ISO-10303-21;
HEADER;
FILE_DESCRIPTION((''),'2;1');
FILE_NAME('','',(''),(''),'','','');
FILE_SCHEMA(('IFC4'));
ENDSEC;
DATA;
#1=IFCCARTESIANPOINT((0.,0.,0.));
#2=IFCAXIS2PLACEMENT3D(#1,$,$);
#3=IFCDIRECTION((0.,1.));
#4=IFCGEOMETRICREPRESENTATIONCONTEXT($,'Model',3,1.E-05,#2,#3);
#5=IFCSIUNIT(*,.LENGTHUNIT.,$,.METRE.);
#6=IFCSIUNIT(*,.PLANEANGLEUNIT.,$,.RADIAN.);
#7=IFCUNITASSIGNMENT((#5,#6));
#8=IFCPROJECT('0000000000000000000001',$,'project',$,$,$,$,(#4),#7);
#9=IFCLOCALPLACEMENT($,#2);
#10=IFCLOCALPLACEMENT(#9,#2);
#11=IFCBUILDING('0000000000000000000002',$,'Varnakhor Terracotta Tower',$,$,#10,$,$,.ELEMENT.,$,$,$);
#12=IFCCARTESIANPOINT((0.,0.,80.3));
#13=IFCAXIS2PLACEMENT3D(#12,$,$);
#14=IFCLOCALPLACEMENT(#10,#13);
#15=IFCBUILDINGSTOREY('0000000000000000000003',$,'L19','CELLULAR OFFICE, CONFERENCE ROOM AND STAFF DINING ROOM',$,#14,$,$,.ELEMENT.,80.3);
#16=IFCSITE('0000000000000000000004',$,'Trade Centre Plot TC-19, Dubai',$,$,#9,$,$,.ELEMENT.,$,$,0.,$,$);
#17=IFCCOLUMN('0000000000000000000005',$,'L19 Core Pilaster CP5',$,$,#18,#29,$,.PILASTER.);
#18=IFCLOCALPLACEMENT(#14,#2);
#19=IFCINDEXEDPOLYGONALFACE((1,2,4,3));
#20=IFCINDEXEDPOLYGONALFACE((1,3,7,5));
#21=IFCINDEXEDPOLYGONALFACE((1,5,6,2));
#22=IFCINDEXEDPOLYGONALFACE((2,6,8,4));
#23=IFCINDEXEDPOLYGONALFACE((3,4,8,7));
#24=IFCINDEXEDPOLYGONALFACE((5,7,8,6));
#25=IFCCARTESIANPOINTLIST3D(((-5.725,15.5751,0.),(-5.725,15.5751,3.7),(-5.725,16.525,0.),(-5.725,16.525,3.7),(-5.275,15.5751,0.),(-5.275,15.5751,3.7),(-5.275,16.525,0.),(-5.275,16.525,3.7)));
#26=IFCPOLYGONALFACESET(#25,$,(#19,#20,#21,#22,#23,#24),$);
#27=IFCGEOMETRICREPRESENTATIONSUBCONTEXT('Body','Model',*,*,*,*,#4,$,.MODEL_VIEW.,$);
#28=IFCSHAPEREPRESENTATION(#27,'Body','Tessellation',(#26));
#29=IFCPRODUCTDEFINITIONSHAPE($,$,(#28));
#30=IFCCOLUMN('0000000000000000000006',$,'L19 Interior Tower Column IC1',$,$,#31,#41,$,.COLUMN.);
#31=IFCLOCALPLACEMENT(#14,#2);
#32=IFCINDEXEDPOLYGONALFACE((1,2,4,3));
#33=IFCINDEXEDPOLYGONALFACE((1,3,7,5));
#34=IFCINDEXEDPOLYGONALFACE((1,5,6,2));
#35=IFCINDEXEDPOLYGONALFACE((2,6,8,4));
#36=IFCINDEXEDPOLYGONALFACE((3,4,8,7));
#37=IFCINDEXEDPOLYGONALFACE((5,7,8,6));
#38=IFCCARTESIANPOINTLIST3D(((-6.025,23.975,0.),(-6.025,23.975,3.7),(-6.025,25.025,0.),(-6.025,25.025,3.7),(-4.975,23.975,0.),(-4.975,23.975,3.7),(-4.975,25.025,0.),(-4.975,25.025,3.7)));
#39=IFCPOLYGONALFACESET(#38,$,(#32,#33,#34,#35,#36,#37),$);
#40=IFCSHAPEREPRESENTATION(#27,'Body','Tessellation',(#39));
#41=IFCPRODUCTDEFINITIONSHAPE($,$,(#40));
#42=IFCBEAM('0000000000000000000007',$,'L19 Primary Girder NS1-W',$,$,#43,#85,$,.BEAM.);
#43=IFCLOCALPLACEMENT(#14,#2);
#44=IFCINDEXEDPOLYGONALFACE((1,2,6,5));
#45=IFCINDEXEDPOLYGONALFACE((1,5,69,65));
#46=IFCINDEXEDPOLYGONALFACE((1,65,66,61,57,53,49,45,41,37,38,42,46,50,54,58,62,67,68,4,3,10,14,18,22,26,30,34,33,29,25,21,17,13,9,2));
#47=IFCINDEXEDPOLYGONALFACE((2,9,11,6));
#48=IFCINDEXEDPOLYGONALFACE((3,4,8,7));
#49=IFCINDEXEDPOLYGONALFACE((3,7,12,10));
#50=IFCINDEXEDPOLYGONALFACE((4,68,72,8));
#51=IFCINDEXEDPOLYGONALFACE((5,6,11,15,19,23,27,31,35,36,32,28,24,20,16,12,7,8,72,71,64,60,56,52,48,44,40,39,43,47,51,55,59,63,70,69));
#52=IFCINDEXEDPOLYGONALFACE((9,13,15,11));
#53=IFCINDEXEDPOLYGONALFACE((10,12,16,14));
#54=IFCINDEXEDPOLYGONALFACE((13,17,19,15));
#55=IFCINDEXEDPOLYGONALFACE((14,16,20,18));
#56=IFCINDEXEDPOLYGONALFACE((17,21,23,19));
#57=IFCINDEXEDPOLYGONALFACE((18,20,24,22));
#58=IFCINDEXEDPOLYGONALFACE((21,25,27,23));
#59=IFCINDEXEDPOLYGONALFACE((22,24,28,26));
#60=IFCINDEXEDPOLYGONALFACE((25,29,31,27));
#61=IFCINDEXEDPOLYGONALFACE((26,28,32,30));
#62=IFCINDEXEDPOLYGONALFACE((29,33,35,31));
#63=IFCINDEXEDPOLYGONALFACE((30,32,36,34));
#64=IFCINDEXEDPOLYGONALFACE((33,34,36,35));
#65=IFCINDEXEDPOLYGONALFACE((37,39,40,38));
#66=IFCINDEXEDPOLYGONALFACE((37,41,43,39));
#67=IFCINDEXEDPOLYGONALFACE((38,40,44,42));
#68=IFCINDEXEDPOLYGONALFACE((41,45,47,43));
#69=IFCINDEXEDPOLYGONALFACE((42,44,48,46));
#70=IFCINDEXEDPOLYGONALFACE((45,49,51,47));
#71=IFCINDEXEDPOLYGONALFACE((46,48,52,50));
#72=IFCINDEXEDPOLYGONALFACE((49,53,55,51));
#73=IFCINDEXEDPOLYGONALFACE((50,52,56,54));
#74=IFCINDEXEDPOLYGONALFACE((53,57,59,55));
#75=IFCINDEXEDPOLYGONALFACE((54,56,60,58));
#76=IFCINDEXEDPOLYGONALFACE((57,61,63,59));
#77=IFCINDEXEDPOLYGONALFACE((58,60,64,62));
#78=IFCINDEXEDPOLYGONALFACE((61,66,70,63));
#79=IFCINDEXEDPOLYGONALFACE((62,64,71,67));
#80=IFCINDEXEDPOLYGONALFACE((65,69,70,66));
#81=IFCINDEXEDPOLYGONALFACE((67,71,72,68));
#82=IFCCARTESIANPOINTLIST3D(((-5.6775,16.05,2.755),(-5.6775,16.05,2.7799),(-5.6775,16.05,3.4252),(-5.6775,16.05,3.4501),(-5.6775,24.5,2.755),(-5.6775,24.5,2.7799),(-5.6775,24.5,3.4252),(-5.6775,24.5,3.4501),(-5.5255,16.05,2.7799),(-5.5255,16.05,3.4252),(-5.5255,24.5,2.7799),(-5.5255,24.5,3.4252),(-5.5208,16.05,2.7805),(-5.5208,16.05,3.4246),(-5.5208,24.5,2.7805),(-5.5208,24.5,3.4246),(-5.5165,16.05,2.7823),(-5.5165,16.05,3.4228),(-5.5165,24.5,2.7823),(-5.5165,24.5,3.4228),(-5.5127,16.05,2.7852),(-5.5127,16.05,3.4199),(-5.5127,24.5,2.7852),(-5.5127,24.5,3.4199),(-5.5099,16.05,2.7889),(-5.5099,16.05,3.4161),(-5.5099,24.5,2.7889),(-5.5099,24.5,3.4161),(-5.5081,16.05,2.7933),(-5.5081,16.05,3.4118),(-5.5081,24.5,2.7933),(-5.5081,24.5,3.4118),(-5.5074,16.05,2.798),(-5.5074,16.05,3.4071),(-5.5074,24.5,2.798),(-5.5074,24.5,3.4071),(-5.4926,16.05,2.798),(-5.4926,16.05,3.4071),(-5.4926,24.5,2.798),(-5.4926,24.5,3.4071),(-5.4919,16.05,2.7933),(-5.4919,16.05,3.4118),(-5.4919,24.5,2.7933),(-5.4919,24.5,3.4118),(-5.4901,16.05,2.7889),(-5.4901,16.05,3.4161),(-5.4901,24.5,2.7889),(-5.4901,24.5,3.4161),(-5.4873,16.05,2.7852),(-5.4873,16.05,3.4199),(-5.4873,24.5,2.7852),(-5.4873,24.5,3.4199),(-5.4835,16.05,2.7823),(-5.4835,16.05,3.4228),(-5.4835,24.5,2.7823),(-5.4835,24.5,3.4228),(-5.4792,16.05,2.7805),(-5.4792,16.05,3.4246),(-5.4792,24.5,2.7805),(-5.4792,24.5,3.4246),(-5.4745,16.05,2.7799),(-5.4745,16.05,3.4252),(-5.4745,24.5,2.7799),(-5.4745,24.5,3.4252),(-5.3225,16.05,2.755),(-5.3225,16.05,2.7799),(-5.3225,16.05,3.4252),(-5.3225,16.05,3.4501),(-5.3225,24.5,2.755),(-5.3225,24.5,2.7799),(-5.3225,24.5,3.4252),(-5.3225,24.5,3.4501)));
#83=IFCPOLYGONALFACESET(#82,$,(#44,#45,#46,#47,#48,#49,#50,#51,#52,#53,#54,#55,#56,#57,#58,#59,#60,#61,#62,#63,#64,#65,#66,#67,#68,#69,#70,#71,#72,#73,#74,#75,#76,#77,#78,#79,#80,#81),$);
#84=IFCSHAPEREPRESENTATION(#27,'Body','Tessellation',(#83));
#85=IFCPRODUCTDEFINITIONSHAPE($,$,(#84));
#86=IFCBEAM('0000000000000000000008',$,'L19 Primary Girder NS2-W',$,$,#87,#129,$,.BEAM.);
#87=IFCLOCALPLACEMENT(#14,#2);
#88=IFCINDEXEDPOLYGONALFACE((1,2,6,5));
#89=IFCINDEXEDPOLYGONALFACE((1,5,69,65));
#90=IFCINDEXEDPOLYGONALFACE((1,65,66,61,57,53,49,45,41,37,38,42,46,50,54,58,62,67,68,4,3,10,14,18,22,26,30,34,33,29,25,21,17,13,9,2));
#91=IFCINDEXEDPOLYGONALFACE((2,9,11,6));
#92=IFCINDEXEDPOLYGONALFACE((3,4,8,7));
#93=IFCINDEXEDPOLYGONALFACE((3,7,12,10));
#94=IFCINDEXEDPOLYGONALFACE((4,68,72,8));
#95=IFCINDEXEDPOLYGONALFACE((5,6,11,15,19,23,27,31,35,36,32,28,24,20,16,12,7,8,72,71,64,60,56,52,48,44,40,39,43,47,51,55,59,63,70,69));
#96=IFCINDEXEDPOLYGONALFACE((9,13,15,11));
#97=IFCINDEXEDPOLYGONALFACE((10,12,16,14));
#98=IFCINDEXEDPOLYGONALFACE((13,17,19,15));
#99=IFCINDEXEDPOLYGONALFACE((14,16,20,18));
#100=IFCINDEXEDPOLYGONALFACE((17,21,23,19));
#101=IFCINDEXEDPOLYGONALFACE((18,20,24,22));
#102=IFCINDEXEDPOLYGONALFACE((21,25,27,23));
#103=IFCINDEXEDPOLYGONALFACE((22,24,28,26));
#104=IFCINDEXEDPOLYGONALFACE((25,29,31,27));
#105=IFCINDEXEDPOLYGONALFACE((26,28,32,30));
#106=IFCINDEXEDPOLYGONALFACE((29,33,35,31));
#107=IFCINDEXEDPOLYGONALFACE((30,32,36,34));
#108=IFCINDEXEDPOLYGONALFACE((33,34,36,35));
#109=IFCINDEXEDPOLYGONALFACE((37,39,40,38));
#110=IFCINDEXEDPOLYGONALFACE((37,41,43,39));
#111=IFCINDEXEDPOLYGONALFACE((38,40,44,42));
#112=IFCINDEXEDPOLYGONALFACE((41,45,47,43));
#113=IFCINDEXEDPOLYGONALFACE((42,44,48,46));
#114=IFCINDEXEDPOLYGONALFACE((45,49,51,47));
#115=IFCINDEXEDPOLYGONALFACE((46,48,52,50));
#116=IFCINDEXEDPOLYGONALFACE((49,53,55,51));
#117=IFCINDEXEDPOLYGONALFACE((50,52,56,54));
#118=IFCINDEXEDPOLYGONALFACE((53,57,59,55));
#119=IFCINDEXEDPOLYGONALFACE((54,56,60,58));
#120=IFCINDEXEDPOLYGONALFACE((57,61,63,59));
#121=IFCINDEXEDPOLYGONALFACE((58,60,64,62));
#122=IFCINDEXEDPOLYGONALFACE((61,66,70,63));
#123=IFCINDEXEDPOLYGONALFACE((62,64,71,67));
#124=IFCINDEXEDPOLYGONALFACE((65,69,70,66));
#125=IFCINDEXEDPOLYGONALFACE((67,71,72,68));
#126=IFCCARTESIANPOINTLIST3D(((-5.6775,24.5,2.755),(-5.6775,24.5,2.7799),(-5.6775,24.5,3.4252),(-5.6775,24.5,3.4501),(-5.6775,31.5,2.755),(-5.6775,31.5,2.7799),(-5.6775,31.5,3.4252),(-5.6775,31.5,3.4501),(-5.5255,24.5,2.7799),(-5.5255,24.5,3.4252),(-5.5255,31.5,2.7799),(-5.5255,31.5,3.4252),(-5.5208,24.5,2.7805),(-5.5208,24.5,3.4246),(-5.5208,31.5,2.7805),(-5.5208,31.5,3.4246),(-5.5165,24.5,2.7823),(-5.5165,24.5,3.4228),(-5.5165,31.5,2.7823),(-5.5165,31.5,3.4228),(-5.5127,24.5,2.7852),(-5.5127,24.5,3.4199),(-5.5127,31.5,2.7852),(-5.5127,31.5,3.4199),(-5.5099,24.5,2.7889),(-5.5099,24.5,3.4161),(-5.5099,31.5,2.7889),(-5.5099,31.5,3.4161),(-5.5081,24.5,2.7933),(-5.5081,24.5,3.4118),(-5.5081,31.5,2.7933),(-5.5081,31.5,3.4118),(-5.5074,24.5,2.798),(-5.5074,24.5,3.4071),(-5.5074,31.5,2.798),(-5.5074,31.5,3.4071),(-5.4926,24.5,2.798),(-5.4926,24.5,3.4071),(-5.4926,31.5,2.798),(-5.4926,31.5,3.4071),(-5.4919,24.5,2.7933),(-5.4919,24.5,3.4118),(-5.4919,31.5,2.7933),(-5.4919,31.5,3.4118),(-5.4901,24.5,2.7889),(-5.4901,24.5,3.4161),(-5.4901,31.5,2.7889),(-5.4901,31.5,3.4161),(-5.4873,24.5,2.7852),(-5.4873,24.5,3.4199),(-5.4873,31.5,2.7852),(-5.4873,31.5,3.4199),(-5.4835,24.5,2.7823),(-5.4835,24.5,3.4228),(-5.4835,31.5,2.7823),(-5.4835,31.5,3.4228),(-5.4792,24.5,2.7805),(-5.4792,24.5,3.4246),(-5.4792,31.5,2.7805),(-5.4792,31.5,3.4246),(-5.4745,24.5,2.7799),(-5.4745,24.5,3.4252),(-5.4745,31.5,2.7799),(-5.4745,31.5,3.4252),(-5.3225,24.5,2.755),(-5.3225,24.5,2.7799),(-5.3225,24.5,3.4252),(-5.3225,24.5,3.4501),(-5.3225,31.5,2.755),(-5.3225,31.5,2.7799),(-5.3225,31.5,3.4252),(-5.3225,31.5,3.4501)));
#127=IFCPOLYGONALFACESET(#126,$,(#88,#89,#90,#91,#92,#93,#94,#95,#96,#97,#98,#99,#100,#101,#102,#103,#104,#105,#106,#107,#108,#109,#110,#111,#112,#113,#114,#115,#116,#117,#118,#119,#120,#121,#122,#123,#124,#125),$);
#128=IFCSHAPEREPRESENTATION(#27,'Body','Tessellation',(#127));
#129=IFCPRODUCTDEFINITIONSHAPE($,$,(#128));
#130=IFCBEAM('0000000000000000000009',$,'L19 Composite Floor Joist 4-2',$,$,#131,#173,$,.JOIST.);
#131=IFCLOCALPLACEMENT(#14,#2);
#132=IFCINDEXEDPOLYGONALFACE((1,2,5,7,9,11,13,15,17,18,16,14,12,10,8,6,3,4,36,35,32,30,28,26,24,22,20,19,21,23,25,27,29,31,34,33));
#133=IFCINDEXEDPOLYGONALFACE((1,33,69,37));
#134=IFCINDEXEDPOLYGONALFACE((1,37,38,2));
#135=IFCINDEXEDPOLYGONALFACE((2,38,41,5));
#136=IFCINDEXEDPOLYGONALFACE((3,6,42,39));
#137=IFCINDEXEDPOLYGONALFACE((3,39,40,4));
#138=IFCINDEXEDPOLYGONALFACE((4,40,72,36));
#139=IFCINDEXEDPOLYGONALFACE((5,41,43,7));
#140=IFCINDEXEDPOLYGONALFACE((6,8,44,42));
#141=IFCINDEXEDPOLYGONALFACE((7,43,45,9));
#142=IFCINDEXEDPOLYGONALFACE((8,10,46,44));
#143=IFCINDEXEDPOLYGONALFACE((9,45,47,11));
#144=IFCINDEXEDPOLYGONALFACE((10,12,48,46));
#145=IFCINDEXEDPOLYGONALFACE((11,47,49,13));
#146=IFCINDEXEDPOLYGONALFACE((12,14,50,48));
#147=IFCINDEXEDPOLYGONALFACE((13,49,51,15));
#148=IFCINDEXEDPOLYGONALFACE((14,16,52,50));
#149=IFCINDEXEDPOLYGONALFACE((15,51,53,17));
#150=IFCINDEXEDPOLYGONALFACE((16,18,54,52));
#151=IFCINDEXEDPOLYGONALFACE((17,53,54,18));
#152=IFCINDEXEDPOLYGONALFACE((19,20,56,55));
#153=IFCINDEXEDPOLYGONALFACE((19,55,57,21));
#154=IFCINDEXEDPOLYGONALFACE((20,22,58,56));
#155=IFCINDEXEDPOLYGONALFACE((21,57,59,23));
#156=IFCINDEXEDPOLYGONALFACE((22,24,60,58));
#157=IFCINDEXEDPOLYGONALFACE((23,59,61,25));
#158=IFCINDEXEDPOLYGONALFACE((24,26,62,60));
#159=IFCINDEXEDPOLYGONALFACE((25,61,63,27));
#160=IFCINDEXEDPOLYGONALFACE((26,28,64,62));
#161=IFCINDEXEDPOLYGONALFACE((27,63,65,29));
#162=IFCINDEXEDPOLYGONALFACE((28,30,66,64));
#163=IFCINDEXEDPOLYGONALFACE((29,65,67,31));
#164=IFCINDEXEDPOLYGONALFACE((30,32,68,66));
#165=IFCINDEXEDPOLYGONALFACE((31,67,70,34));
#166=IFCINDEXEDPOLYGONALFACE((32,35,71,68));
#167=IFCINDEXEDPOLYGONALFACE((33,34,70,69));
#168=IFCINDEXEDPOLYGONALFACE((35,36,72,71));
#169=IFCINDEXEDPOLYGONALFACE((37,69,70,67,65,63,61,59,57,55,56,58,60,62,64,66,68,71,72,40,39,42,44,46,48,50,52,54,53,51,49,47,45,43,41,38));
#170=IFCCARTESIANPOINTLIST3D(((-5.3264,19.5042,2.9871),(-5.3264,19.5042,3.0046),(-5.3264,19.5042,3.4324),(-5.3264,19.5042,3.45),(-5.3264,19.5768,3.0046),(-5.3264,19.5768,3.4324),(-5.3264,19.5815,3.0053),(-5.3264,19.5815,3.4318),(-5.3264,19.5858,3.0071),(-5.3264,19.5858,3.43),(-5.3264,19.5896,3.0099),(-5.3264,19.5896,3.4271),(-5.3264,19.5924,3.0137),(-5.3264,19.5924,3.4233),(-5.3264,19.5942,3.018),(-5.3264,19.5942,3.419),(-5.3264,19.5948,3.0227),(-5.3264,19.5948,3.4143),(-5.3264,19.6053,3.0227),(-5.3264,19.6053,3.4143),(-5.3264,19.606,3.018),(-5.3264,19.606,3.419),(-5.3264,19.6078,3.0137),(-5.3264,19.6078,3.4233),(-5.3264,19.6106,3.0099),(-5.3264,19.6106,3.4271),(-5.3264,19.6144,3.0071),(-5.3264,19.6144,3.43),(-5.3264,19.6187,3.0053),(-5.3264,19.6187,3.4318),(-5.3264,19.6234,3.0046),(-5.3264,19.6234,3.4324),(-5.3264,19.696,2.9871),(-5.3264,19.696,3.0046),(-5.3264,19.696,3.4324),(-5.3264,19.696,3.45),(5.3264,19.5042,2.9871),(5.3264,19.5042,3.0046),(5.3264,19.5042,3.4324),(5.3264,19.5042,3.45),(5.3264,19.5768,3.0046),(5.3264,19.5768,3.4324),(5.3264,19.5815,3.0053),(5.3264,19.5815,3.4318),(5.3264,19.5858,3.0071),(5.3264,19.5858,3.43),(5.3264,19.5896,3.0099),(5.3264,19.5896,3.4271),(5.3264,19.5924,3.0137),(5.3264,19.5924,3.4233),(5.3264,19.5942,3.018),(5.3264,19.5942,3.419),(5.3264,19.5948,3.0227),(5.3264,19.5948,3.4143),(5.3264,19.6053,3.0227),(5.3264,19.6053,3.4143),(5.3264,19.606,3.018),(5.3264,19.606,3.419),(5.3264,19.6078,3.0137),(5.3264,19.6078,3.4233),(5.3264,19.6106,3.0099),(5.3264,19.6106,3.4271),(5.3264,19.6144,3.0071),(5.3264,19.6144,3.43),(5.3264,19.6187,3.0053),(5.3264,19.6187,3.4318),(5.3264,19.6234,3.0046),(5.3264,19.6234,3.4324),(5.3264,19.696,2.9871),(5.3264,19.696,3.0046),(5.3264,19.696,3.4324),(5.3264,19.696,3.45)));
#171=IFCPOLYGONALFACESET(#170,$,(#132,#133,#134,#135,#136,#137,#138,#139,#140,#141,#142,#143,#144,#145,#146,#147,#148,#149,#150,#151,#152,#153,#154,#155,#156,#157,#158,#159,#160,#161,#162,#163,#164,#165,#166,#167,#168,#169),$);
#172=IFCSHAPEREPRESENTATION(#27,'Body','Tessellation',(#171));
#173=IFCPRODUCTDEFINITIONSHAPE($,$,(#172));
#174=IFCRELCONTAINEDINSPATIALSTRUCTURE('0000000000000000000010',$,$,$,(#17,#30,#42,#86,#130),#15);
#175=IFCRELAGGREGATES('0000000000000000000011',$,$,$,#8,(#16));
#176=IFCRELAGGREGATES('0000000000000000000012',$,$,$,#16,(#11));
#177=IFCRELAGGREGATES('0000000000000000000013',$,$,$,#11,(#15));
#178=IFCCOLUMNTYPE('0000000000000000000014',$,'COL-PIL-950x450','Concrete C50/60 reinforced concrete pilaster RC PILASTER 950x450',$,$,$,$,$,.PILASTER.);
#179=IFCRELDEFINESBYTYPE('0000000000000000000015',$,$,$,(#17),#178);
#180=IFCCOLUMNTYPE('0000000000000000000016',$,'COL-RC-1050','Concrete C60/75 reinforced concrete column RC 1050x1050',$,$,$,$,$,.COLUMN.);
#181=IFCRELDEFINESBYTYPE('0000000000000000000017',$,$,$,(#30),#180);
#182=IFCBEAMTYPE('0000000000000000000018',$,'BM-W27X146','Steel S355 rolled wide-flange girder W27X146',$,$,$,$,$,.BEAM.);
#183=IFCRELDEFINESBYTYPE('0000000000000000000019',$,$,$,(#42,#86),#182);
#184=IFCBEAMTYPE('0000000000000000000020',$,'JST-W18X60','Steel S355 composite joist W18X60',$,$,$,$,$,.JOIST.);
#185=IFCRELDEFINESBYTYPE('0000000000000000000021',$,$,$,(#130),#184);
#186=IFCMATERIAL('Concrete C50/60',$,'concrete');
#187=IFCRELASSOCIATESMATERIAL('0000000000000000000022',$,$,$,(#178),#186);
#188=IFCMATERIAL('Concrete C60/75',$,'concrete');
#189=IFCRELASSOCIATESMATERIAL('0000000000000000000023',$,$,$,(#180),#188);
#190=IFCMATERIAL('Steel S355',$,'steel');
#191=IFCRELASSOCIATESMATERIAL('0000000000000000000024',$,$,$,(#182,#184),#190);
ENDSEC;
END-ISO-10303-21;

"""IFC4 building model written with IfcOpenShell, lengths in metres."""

from ifc_helpers import new_model, si_unit, direction, frame, origin, origin_2d, place, context, subcontext, project, spatial, rectangle, i_section, extrude, source, transform, mapped, material, material_profile, profile_set, type_object, type_shapes, element, save


model = new_model("IFC4")

# Units and contexts
model_context = context("Model", 3, precision=1e-05, world=origin(), true_north=direction((0.0, 1.0)))
body_context = subcontext(model_context, "Body", "Model", "MODEL_VIEW")
ifc_project = project(units=[si_unit("LENGTHUNIT", "METRE"), si_unit("PLANEANGLEUNIT", "RADIAN")], contexts=[model_context])

# Site, building, storey
site_placement = place(None, origin())
site = spatial("IfcSite", under=ifc_project, at=site_placement, Name="Trade Centre Plot TC-19, Dubai", CompositionType="ELEMENT", RefElevation=0.0)
building_placement = place(site_placement, origin())
building = spatial("IfcBuilding", under=site, at=building_placement, Name="Varnakhor Terracotta Tower", CompositionType="ELEMENT")
storey_placement = place(building_placement, frame((0.0, 0.0, 80.3)))
storey = spatial("IfcBuildingStorey", under=building, at=storey_placement, Name="L19", Description="CELLULAR OFFICE, CONFERENCE ROOM AND STAFF DINING ROOM", CompositionType="ELEMENT", Elevation=80.3)

# Columns
ifc_material_1 = material(Name="Concrete C50/60", Category="concrete")
ifc_material_profile_1 = material_profile(ifc_material_1, rectangle(XDim=0.45, YDim=0.95, at=origin_2d()), Name="RC PILASTER 950x450")
ifc_profile_set_1 = profile_set([ifc_material_profile_1], Name="Concrete C50/60")
column_type_1 = type_object("IfcColumnType", Name="COL-PIL-950x450", Description="Concrete C50/60 reinforced concrete pilaster RC PILASTER 950x450", PredefinedType="PILASTER", material=ifc_profile_set_1)
shared_shape_1 = source(origin(), body_context, "Body", "SweptSolid", [
    extrude(rectangle(XDim=0.45, YDim=0.95, at=origin_2d()), origin(), (0.0, 0.0, 1.0), 3.7),
])
column_1_placement = place(storey_placement, frame((-5.5, 16.05, 0.0), z_axis=(0.0, 0.0, 1.0), x_axis=(1.0, 0.0, 0.0)))
element("IfcColumn", 1, at=column_1_placement, inside=storey, type_object=column_type_1, Name="L19 Core Pilaster CP5", PredefinedType="PILASTER", context=body_context, shape_type="MappedRepresentation", body=[
    mapped(shared_shape_1, transform((0.0, 0.0, 0.0), scale=1.0)),
])
ifc_material_2 = material(Name="Concrete C60/75", Category="concrete")
ifc_material_profile_2 = material_profile(ifc_material_2, rectangle(XDim=1.05, YDim=1.05, at=origin_2d()), Name="RC 1050x1050")
ifc_profile_set_2 = profile_set([ifc_material_profile_2], Name="Concrete C60/75")
column_type_2 = type_object("IfcColumnType", Name="COL-RC-1050", Description="Concrete C60/75 reinforced concrete column RC 1050x1050", PredefinedType="COLUMN", material=ifc_profile_set_2)
shared_shape_2 = source(origin(), body_context, "Body", "SweptSolid", [
    extrude(rectangle(XDim=1.05, YDim=1.05, at=origin_2d()), origin(), (0.0, 0.0, 1.0), 3.7),
])
column_2_placement = place(storey_placement, frame((-5.5, 24.5, 0.0), z_axis=(0.0, 0.0, 1.0), x_axis=(1.0, 0.0, 0.0)))
element("IfcColumn", 2, at=column_2_placement, inside=storey, type_object=column_type_2, Name="L19 Interior Tower Column IC1", PredefinedType="COLUMN", context=body_context, shape_type="MappedRepresentation", body=[
    mapped(shared_shape_2, transform((0.0, 0.0, 0.0), scale=1.0)),
])

# Beams
ifc_material_3 = material(Name="Steel S355", Category="steel")
ifc_material_profile_3 = material_profile(ifc_material_3, i_section(OverallWidth=0.355, OverallDepth=0.6951, WebThickness=0.0149, FlangeThickness=0.0249, FilletRadius=0.0181, at=origin_2d()), Name="W27X146")
ifc_profile_set_3 = profile_set([ifc_material_profile_3], Name="Steel S355")
beam_type_1 = type_object("IfcBeamType", Name="BM-W27X146", Description="Steel S355 rolled wide-flange girder W27X146", PredefinedType="BEAM", material=ifc_profile_set_3)
shared_shape_3 = source(origin(), body_context, "Body", "SweptSolid", [
    extrude(i_section(OverallWidth=0.355, OverallDepth=0.6951, WebThickness=0.0149, FlangeThickness=0.0249, FilletRadius=0.0181, at=origin_2d()), origin(), (0.0, 0.0, 1.0), 8.45),
])
type_shapes(beam_type_1, [shared_shape_3])
beam_1_placement = place(storey_placement, frame((-5.5, 16.05, 3.1025), z_axis=(0.0, 1.0, 0.0), x_axis=(-1.0, 0.0, 0.0)))
element("IfcBeam", 3, at=beam_1_placement, inside=storey, type_object=beam_type_1, Name="L19 Primary Girder NS1-W", PredefinedType="BEAM", context=body_context, shape_type="MappedRepresentation", body=[
    mapped(shared_shape_3, transform((0.0, 0.0, 0.0), scale=1.0)),
])
shared_shape_4 = source(origin(), body_context, "Body", "SweptSolid", [
    extrude(i_section(OverallWidth=0.355, OverallDepth=0.6951, WebThickness=0.0149, FlangeThickness=0.0249, FilletRadius=0.0181, at=origin_2d()), origin(), (0.0, 0.0, 1.0), 7.0),
])
beam_2_placement = place(storey_placement, frame((-5.5, 24.5, 3.1025), z_axis=(0.0, 1.0, 0.0), x_axis=(-1.0, 0.0, 0.0)))
element("IfcBeam", 4, at=beam_2_placement, inside=storey, type_object=beam_type_1, Name="L19 Primary Girder NS2-W", PredefinedType="BEAM", context=body_context, shape_type="MappedRepresentation", body=[
    mapped(shared_shape_4, transform((0.0, 0.0, 0.0), scale=1.0)),
])
ifc_material_profile_4 = material_profile(ifc_material_3, i_section(OverallWidth=0.1919, OverallDepth=0.4629, WebThickness=0.0105, FlangeThickness=0.0176, FilletRadius=0.0181, at=origin_2d()), Name="W18X60")
ifc_profile_set_4 = profile_set([ifc_material_profile_4], Name="Steel S355")
beam_type_2 = type_object("IfcBeamType", Name="JST-W18X60", Description="Steel S355 composite joist W18X60", PredefinedType="JOIST", material=ifc_profile_set_4)
shared_shape_5 = source(origin(), body_context, "Body", "SweptSolid", [
    extrude(i_section(OverallWidth=0.1919, OverallDepth=0.4629, WebThickness=0.0105, FlangeThickness=0.0176, FilletRadius=0.0181, at=origin_2d()), origin(), (0.0, 0.0, 1.0), 10.6528),
])
for number, where, z_axis, x_axis, name in (
    (5, (-5.3264, 19.6001, 3.2185), (1.0, 0.0, 0.0), (0.0, 1.0, 0.0), "L19 Composite Floor Joist 4-2"),
):
    element("IfcBeam", number, at=place(storey_placement, frame(where, z_axis=z_axis, x_axis=x_axis)), inside=storey, type_object=beam_type_2, Name=name, PredefinedType="JOIST", context=body_context, shape_type="MappedRepresentation", body=[
        mapped(shared_shape_5, transform((0.0, 0.0, 0.0), scale=1.0)),
    ])

save(model, "model.ifc")
